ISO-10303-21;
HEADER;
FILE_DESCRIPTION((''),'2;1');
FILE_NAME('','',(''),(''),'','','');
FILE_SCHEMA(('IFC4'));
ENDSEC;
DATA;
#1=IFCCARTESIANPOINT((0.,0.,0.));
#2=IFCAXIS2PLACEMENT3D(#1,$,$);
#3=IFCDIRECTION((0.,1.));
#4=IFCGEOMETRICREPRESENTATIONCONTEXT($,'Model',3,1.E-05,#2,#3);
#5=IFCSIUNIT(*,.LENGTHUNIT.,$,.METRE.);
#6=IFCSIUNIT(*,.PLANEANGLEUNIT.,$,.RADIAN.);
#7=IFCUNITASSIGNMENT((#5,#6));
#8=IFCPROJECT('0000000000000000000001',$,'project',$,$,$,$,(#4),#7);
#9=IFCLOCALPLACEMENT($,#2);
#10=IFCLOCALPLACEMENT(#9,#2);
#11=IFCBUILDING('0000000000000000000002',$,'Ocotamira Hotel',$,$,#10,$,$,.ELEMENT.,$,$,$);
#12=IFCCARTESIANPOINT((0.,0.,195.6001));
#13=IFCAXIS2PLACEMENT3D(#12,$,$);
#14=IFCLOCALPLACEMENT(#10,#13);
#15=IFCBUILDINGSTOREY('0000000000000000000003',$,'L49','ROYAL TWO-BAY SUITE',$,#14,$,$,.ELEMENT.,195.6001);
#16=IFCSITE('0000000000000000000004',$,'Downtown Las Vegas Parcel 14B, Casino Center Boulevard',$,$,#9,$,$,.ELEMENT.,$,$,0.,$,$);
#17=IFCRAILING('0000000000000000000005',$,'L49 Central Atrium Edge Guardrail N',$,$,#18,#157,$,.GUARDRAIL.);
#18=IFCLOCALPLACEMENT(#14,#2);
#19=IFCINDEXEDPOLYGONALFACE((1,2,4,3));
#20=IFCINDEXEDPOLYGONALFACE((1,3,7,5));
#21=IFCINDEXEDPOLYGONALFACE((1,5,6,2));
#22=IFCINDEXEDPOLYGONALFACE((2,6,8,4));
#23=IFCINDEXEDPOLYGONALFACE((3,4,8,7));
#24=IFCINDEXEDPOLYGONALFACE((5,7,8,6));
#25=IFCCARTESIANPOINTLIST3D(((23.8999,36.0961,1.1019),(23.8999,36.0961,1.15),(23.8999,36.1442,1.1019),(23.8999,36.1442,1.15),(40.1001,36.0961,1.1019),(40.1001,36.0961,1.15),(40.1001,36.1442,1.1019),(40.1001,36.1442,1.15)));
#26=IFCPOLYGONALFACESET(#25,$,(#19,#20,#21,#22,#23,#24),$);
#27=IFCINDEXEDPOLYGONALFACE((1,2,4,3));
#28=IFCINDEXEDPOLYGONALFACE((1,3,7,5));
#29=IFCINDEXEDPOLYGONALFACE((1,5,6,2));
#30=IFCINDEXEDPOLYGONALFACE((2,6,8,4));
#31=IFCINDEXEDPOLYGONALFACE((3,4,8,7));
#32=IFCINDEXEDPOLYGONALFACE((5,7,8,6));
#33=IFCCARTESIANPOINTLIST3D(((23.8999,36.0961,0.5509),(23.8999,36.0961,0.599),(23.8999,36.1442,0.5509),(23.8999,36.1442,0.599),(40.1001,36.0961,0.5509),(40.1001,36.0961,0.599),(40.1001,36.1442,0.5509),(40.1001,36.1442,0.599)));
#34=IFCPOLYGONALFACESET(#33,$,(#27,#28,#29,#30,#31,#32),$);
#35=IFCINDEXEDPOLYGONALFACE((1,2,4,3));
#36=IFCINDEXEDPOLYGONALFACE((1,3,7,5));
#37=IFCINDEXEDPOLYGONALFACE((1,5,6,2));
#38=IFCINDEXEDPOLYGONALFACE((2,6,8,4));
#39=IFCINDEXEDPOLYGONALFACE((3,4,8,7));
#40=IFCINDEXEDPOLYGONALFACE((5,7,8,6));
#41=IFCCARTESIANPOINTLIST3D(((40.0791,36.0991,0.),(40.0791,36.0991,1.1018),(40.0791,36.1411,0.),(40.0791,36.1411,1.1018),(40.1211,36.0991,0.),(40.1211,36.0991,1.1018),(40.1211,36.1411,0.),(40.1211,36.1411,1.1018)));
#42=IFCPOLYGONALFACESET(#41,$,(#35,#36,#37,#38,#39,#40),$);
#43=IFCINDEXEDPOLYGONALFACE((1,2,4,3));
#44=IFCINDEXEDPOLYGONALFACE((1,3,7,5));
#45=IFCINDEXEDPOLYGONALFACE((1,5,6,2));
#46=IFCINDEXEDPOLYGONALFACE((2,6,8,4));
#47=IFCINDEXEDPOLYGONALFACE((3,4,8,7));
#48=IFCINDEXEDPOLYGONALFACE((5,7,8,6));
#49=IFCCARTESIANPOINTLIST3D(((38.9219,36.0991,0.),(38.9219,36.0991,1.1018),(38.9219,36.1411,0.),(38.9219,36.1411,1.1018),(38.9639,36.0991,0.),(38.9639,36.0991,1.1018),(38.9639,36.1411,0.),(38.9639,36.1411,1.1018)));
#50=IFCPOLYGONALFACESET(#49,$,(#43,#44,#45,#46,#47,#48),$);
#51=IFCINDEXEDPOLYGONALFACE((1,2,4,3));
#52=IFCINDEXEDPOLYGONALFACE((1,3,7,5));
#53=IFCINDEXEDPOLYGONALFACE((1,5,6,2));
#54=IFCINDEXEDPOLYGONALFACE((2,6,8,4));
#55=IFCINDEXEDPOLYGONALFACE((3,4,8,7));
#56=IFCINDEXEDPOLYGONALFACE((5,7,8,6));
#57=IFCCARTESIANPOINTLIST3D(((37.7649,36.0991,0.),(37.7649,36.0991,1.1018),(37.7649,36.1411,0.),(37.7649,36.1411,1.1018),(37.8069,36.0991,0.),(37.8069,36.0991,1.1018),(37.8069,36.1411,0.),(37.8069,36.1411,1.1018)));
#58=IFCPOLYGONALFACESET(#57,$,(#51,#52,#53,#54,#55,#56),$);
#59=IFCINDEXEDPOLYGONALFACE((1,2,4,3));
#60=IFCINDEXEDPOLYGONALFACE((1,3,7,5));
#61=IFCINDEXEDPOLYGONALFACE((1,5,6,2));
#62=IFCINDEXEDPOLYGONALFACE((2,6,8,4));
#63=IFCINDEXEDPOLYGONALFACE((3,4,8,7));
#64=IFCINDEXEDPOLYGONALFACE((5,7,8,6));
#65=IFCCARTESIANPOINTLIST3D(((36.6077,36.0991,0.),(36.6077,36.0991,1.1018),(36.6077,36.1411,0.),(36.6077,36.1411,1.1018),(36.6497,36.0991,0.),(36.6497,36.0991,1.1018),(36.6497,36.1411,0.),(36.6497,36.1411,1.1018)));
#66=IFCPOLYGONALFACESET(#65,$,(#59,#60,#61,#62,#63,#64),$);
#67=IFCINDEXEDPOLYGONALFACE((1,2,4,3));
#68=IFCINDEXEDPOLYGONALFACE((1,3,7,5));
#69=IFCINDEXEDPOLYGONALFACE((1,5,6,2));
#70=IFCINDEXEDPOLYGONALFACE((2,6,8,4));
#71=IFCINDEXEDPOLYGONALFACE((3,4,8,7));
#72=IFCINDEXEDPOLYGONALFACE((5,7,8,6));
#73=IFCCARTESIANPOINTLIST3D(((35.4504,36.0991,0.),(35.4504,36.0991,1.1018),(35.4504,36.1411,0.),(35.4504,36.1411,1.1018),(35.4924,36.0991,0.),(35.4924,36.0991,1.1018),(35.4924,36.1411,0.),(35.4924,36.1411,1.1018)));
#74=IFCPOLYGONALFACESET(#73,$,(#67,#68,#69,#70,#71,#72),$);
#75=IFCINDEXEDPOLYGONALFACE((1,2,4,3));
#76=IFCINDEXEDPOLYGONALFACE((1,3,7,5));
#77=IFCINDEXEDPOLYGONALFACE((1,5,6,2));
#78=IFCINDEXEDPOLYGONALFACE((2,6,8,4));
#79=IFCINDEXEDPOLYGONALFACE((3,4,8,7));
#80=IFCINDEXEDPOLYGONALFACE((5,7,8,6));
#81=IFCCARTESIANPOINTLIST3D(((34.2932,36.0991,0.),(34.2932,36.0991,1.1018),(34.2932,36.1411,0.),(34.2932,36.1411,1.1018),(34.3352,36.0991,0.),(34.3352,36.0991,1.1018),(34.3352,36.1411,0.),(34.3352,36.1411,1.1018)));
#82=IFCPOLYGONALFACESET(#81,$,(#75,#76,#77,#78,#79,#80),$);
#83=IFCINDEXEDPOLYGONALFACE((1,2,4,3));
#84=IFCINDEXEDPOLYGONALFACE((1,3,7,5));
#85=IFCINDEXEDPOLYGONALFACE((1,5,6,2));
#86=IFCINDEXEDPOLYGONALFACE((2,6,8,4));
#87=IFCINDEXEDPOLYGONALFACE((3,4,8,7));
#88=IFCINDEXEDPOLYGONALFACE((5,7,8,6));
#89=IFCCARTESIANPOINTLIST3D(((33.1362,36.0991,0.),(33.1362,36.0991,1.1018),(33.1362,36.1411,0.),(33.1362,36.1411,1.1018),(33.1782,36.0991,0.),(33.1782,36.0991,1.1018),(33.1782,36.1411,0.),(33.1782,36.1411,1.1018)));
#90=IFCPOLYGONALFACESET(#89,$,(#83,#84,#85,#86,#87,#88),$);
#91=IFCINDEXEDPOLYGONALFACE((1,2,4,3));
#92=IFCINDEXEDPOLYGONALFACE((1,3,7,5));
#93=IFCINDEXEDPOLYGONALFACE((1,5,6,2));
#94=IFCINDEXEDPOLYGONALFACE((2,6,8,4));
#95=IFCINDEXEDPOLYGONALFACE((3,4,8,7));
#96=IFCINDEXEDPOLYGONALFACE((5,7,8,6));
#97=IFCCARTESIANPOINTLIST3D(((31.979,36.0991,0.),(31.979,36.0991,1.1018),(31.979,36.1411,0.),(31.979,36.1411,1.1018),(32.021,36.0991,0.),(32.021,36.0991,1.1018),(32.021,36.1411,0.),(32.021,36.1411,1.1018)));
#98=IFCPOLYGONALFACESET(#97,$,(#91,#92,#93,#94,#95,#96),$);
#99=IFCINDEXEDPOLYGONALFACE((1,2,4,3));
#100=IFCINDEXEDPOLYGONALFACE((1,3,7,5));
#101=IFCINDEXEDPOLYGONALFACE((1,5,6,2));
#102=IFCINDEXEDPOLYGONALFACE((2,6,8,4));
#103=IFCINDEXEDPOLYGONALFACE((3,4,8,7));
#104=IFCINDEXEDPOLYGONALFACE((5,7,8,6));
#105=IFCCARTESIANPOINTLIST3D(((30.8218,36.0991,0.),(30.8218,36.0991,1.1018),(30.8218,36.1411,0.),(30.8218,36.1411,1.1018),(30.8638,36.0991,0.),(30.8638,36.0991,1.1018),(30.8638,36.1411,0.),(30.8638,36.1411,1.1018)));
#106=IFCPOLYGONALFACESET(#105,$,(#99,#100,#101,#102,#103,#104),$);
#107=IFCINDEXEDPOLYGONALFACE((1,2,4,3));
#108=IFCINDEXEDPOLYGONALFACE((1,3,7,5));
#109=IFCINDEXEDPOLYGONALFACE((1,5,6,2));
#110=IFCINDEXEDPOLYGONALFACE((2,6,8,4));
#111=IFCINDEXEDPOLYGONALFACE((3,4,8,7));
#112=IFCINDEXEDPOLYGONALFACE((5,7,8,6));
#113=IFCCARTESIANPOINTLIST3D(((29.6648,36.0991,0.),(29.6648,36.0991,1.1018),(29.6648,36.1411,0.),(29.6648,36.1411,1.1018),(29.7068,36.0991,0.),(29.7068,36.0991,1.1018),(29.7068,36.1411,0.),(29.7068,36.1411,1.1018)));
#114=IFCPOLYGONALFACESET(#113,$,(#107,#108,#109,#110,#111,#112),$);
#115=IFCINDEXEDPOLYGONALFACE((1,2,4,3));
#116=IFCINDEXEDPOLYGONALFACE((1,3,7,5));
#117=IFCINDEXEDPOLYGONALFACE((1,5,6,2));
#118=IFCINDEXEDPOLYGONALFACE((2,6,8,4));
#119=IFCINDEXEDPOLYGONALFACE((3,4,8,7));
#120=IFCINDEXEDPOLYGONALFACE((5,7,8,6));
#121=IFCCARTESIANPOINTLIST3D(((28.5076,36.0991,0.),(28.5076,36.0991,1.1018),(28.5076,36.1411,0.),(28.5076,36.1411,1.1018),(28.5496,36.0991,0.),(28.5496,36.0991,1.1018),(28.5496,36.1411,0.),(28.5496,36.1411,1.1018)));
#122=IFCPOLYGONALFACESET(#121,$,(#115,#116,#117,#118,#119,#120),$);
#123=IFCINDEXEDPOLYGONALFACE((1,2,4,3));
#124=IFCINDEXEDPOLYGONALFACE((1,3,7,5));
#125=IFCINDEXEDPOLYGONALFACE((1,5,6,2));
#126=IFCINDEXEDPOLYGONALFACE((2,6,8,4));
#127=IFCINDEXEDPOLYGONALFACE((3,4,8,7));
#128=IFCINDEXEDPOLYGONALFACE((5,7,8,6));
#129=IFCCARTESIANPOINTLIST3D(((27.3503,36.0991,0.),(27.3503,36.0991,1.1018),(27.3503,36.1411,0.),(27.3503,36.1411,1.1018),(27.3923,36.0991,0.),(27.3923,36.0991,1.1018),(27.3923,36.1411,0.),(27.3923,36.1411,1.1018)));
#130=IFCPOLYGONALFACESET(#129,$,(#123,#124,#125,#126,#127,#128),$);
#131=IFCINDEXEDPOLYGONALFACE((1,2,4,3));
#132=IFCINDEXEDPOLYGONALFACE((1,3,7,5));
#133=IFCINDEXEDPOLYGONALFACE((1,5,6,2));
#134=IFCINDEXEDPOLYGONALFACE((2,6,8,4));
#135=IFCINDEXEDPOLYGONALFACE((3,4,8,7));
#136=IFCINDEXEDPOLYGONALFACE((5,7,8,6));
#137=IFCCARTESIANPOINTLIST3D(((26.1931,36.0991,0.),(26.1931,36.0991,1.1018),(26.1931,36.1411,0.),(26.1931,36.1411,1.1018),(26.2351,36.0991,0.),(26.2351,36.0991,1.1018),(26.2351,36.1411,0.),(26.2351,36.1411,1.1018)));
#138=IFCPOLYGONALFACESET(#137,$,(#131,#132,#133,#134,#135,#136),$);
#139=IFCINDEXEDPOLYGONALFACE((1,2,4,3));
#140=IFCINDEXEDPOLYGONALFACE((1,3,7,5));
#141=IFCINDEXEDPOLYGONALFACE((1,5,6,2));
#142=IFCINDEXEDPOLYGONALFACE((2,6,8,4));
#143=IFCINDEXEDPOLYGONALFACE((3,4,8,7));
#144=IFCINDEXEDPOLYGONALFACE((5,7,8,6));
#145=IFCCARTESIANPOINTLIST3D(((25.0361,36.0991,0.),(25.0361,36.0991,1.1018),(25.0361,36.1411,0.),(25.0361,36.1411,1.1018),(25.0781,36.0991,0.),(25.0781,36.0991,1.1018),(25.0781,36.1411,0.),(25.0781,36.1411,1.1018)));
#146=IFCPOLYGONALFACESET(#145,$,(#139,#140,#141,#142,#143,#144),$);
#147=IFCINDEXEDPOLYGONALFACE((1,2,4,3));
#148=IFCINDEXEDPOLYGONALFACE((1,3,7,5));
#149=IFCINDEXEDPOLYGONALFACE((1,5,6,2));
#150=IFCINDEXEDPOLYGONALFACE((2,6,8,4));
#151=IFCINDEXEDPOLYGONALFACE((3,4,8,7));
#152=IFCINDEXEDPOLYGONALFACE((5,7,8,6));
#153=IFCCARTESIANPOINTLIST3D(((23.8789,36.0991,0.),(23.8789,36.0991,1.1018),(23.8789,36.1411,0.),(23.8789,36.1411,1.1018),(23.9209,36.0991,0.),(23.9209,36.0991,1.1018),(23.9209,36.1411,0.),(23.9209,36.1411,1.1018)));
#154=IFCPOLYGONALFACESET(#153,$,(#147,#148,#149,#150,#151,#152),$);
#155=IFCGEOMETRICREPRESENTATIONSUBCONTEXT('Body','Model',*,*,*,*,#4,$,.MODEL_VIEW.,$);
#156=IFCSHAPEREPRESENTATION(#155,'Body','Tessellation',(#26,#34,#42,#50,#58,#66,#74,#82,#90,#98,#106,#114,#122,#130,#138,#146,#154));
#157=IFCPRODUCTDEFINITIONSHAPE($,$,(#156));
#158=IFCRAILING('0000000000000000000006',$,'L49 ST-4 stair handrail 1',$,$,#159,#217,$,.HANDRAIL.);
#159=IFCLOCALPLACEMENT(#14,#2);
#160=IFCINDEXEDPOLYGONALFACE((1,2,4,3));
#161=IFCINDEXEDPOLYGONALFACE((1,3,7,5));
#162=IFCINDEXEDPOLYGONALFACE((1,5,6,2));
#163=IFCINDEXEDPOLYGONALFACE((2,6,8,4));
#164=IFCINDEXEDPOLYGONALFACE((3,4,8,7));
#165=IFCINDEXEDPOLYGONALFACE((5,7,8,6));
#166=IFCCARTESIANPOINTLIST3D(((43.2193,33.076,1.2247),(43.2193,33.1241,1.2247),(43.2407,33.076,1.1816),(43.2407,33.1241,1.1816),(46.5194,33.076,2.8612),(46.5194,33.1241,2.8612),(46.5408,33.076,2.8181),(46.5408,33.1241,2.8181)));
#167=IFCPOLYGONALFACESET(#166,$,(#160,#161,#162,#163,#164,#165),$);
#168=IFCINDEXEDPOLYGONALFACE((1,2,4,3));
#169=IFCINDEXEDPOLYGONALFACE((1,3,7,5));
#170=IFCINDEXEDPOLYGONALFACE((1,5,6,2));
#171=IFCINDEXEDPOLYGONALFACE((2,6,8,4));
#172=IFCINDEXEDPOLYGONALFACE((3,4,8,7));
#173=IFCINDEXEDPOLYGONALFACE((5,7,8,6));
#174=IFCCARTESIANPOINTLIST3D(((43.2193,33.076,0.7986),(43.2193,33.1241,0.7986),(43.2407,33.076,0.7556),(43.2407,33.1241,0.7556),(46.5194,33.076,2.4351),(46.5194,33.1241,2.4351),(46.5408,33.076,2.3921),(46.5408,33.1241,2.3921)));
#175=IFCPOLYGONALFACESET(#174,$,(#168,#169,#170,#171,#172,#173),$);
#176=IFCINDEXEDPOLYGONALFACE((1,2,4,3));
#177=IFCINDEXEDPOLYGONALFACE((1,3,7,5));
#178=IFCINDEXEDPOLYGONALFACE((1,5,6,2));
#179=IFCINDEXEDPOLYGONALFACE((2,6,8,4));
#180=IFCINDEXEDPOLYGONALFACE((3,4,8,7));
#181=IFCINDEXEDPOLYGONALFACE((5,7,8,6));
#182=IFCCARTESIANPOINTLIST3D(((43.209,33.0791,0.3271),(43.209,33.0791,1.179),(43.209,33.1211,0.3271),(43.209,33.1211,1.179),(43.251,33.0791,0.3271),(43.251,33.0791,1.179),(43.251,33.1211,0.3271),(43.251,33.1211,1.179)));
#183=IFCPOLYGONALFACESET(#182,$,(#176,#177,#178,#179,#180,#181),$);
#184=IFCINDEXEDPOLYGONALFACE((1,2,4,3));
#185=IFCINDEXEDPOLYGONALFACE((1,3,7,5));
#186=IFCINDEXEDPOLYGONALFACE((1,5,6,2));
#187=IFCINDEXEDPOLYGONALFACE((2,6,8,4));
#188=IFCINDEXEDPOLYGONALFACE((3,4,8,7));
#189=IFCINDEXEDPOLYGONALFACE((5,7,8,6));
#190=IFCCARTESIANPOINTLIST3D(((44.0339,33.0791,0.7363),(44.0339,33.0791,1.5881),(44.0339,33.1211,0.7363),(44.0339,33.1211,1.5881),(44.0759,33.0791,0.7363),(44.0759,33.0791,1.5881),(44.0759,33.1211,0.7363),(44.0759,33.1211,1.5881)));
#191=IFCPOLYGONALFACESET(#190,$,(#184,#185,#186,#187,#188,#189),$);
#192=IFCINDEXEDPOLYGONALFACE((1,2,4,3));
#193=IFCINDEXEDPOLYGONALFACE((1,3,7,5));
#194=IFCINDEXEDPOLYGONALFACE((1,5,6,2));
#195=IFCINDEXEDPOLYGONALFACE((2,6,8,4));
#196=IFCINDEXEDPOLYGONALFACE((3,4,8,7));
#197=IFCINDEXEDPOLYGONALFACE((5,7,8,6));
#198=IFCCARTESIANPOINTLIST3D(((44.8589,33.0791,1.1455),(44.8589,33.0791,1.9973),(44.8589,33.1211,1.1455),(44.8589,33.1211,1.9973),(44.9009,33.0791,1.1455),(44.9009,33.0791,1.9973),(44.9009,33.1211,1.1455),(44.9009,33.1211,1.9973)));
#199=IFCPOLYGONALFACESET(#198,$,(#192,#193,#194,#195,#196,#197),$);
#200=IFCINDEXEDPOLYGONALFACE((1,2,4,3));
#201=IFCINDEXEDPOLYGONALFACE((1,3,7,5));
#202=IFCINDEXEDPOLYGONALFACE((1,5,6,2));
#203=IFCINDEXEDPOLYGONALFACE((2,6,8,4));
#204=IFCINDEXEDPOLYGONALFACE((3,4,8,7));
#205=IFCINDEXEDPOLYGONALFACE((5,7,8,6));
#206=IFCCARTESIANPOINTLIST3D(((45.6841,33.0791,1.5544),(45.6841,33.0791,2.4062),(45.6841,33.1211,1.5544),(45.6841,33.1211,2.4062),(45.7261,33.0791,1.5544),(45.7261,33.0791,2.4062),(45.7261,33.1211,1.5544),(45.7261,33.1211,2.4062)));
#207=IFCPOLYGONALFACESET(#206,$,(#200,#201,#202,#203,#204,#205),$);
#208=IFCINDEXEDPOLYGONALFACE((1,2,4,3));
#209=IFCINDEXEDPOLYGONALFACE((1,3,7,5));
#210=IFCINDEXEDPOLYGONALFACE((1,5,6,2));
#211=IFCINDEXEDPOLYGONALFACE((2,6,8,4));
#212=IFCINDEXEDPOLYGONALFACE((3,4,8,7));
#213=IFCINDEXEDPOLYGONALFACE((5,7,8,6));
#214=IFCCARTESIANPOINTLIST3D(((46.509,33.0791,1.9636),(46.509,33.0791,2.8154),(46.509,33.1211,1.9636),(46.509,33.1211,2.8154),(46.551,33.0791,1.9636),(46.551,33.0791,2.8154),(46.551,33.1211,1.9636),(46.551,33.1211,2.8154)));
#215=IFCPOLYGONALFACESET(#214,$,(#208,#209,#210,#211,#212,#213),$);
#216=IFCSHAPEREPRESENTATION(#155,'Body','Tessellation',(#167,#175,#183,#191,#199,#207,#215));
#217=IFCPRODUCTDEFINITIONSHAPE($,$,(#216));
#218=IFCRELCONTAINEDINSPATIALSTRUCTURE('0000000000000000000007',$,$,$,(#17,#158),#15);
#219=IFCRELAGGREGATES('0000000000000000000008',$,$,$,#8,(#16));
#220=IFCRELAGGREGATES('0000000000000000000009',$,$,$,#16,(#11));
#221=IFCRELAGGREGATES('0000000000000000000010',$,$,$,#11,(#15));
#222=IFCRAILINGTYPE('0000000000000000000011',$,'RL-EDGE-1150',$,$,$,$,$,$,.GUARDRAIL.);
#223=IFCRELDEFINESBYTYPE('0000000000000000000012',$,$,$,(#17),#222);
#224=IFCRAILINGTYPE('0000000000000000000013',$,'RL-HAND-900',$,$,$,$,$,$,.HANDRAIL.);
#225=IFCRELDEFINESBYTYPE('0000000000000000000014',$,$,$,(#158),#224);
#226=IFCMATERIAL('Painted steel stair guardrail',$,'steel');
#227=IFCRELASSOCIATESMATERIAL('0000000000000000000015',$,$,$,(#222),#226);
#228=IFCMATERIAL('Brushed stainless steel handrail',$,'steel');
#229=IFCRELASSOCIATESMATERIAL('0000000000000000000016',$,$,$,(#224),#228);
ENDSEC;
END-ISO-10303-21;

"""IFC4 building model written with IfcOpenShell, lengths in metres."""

from ifc_helpers import new_model, si_unit, direction, frame, origin, origin_2d, place, context, subcontext, project, spatial, rectangle, extrude, material, type_object, element, save


model = new_model("IFC4")

# Units and contexts
model_context = context("Model", 3, precision=1e-05, world=origin(), true_north=direction((0.0, 1.0)))
body_context = subcontext(model_context, "Body", "Model", "MODEL_VIEW")
ifc_project = project(units=[si_unit("LENGTHUNIT", "METRE"), si_unit("PLANEANGLEUNIT", "RADIAN")], contexts=[model_context])

# Site, building, storey
site_placement = place(None, origin())
site = spatial("IfcSite", under=ifc_project, at=site_placement, Name="Downtown Las Vegas Parcel 14B, Casino Center Boulevard", CompositionType="ELEMENT", RefElevation=0.0)
building_placement = place(site_placement, origin())
building = spatial("IfcBuilding", under=site, at=building_placement, Name="Ocotamira Hotel", CompositionType="ELEMENT")
storey_placement = place(building_placement, frame((0.0, 0.0, 195.6001)))
storey = spatial("IfcBuildingStorey", under=building, at=storey_placement, Name="L49", Description="ROYAL TWO-BAY SUITE", CompositionType="ELEMENT", Elevation=195.6001)

# Railings
ifc_material_1 = material(Name="Painted steel stair guardrail", Category="steel")
railing_type_1 = type_object("IfcRailingType", Name="RL-EDGE-1150", PredefinedType="GUARDRAIL", material=ifc_material_1)
railing_1_placement = place(storey_placement, frame((40.1001, 36.1201, 0.0)))
element("IfcRailing", 1, at=railing_1_placement, inside=storey, type_object=railing_type_1, Name="L49 Central Atrium Edge Guardrail N", PredefinedType="GUARDRAIL", context=body_context, shape_type="SweptSolid", body=[
    extrude(rectangle(XDim=0.0481, YDim=0.0481, at=origin_2d()), frame((0.0, 0.0, 1.126), z_axis=(-1.0, 0.0, 0.0), x_axis=(0.0, -1.0, 0.0)), (0.0, 0.0, 1.0), 16.2002),
    extrude(rectangle(XDim=0.0481, YDim=0.0481, at=origin_2d()), frame((0.0, 0.0, 0.575), z_axis=(-1.0, 0.0, 0.0), x_axis=(0.0, -1.0, 0.0)), (0.0, 0.0, 1.0), 16.2002),
    extrude(rectangle(XDim=0.042, YDim=0.042, at=origin_2d()), origin(), (0.0, 0.0, 1.0), 1.1018),
    extrude(rectangle(XDim=0.042, YDim=0.042, at=origin_2d()), frame((-1.1572, 0.0, 0.0)), (0.0, 0.0, 1.0), 1.1018),
    extrude(rectangle(XDim=0.042, YDim=0.042, at=origin_2d()), frame((-2.3142, 0.0, 0.0)), (0.0, 0.0, 1.0), 1.1018),
    extrude(rectangle(XDim=0.042, YDim=0.042, at=origin_2d()), frame((-3.4714, 0.0, 0.0)), (0.0, 0.0, 1.0), 1.1018),
    extrude(rectangle(XDim=0.042, YDim=0.042, at=origin_2d()), frame((-4.6287, 0.0, 0.0)), (0.0, 0.0, 1.0), 1.1018),
    extrude(rectangle(XDim=0.042, YDim=0.042, at=origin_2d()), frame((-5.7859, 0.0, 0.0)), (0.0, 0.0, 1.0), 1.1018),
    extrude(rectangle(XDim=0.042, YDim=0.042, at=origin_2d()), frame((-6.9429, 0.0, 0.0)), (0.0, 0.0, 1.0), 1.1018),
    extrude(rectangle(XDim=0.042, YDim=0.042, at=origin_2d()), frame((-8.1001, 0.0, 0.0)), (0.0, 0.0, 1.0), 1.1018),
    extrude(rectangle(XDim=0.042, YDim=0.042, at=origin_2d()), frame((-9.2573, 0.0, 0.0)), (0.0, 0.0, 1.0), 1.1018),
    extrude(rectangle(XDim=0.042, YDim=0.042, at=origin_2d()), frame((-10.4143, 0.0, 0.0)), (0.0, 0.0, 1.0), 1.1018),
    extrude(rectangle(XDim=0.042, YDim=0.042, at=origin_2d()), frame((-11.5715, 0.0, 0.0)), (0.0, 0.0, 1.0), 1.1018),
    extrude(rectangle(XDim=0.042, YDim=0.042, at=origin_2d()), frame((-12.7288, 0.0, 0.0)), (0.0, 0.0, 1.0), 1.1018),
    extrude(rectangle(XDim=0.042, YDim=0.042, at=origin_2d()), frame((-13.886, 0.0, 0.0)), (0.0, 0.0, 1.0), 1.1018),
    extrude(rectangle(XDim=0.042, YDim=0.042, at=origin_2d()), frame((-15.043, 0.0, 0.0)), (0.0, 0.0, 1.0), 1.1018),
    extrude(rectangle(XDim=0.042, YDim=0.042, at=origin_2d()), frame((-16.2002, 0.0, 0.0)), (0.0, 0.0, 1.0), 1.1018),
])
ifc_material_2 = material(Name="Brushed stainless steel handrail", Category="steel")
railing_type_2 = type_object("IfcRailingType", Name="RL-HAND-900", PredefinedType="HANDRAIL", material=ifc_material_2)
railing_2_placement = place(storey_placement, frame((43.23, 33.1001, 0.3271)))
element("IfcRailing", 2, at=railing_2_placement, inside=storey, type_object=railing_type_2, Name="L49 ST-4 stair handrail 1", PredefinedType="HANDRAIL", context=body_context, shape_type="SweptSolid", body=[
    extrude(rectangle(XDim=0.0481, YDim=0.0481, at=origin_2d()), frame((0.0, 0.0, 0.876), z_axis=(0.895894, 0.0, 0.444268), x_axis=(0.0, 1.0, 0.0)), (0.0, 0.0, 1.0), 3.6836),
    extrude(rectangle(XDim=0.0481, YDim=0.0481, at=origin_2d()), frame((0.0, 0.0, 0.45), z_axis=(0.895894, 0.0, 0.444268), x_axis=(0.0, 1.0, 0.0)), (0.0, 0.0, 1.0), 3.6836),
    extrude(rectangle(XDim=0.042, YDim=0.042, at=origin_2d()), origin(), (0.0, 0.0, 1.0), 0.8518),
    extrude(rectangle(XDim=0.042, YDim=0.042, at=origin_2d()), frame((0.825, 0.0, 0.4092)), (0.0, 0.0, 1.0), 0.8518),
    extrude(rectangle(XDim=0.042, YDim=0.042, at=origin_2d()), frame((1.6499, 0.0, 0.8184)), (0.0, 0.0, 1.0), 0.8518),
    extrude(rectangle(XDim=0.042, YDim=0.042, at=origin_2d()), frame((2.4751, 0.0, 1.2273)), (0.0, 0.0, 1.0), 0.8518),
    extrude(rectangle(XDim=0.042, YDim=0.042, at=origin_2d()), frame((3.3, 0.0, 1.6365)), (0.0, 0.0, 1.0), 0.8518),
])

save(model, "model.ifc")
